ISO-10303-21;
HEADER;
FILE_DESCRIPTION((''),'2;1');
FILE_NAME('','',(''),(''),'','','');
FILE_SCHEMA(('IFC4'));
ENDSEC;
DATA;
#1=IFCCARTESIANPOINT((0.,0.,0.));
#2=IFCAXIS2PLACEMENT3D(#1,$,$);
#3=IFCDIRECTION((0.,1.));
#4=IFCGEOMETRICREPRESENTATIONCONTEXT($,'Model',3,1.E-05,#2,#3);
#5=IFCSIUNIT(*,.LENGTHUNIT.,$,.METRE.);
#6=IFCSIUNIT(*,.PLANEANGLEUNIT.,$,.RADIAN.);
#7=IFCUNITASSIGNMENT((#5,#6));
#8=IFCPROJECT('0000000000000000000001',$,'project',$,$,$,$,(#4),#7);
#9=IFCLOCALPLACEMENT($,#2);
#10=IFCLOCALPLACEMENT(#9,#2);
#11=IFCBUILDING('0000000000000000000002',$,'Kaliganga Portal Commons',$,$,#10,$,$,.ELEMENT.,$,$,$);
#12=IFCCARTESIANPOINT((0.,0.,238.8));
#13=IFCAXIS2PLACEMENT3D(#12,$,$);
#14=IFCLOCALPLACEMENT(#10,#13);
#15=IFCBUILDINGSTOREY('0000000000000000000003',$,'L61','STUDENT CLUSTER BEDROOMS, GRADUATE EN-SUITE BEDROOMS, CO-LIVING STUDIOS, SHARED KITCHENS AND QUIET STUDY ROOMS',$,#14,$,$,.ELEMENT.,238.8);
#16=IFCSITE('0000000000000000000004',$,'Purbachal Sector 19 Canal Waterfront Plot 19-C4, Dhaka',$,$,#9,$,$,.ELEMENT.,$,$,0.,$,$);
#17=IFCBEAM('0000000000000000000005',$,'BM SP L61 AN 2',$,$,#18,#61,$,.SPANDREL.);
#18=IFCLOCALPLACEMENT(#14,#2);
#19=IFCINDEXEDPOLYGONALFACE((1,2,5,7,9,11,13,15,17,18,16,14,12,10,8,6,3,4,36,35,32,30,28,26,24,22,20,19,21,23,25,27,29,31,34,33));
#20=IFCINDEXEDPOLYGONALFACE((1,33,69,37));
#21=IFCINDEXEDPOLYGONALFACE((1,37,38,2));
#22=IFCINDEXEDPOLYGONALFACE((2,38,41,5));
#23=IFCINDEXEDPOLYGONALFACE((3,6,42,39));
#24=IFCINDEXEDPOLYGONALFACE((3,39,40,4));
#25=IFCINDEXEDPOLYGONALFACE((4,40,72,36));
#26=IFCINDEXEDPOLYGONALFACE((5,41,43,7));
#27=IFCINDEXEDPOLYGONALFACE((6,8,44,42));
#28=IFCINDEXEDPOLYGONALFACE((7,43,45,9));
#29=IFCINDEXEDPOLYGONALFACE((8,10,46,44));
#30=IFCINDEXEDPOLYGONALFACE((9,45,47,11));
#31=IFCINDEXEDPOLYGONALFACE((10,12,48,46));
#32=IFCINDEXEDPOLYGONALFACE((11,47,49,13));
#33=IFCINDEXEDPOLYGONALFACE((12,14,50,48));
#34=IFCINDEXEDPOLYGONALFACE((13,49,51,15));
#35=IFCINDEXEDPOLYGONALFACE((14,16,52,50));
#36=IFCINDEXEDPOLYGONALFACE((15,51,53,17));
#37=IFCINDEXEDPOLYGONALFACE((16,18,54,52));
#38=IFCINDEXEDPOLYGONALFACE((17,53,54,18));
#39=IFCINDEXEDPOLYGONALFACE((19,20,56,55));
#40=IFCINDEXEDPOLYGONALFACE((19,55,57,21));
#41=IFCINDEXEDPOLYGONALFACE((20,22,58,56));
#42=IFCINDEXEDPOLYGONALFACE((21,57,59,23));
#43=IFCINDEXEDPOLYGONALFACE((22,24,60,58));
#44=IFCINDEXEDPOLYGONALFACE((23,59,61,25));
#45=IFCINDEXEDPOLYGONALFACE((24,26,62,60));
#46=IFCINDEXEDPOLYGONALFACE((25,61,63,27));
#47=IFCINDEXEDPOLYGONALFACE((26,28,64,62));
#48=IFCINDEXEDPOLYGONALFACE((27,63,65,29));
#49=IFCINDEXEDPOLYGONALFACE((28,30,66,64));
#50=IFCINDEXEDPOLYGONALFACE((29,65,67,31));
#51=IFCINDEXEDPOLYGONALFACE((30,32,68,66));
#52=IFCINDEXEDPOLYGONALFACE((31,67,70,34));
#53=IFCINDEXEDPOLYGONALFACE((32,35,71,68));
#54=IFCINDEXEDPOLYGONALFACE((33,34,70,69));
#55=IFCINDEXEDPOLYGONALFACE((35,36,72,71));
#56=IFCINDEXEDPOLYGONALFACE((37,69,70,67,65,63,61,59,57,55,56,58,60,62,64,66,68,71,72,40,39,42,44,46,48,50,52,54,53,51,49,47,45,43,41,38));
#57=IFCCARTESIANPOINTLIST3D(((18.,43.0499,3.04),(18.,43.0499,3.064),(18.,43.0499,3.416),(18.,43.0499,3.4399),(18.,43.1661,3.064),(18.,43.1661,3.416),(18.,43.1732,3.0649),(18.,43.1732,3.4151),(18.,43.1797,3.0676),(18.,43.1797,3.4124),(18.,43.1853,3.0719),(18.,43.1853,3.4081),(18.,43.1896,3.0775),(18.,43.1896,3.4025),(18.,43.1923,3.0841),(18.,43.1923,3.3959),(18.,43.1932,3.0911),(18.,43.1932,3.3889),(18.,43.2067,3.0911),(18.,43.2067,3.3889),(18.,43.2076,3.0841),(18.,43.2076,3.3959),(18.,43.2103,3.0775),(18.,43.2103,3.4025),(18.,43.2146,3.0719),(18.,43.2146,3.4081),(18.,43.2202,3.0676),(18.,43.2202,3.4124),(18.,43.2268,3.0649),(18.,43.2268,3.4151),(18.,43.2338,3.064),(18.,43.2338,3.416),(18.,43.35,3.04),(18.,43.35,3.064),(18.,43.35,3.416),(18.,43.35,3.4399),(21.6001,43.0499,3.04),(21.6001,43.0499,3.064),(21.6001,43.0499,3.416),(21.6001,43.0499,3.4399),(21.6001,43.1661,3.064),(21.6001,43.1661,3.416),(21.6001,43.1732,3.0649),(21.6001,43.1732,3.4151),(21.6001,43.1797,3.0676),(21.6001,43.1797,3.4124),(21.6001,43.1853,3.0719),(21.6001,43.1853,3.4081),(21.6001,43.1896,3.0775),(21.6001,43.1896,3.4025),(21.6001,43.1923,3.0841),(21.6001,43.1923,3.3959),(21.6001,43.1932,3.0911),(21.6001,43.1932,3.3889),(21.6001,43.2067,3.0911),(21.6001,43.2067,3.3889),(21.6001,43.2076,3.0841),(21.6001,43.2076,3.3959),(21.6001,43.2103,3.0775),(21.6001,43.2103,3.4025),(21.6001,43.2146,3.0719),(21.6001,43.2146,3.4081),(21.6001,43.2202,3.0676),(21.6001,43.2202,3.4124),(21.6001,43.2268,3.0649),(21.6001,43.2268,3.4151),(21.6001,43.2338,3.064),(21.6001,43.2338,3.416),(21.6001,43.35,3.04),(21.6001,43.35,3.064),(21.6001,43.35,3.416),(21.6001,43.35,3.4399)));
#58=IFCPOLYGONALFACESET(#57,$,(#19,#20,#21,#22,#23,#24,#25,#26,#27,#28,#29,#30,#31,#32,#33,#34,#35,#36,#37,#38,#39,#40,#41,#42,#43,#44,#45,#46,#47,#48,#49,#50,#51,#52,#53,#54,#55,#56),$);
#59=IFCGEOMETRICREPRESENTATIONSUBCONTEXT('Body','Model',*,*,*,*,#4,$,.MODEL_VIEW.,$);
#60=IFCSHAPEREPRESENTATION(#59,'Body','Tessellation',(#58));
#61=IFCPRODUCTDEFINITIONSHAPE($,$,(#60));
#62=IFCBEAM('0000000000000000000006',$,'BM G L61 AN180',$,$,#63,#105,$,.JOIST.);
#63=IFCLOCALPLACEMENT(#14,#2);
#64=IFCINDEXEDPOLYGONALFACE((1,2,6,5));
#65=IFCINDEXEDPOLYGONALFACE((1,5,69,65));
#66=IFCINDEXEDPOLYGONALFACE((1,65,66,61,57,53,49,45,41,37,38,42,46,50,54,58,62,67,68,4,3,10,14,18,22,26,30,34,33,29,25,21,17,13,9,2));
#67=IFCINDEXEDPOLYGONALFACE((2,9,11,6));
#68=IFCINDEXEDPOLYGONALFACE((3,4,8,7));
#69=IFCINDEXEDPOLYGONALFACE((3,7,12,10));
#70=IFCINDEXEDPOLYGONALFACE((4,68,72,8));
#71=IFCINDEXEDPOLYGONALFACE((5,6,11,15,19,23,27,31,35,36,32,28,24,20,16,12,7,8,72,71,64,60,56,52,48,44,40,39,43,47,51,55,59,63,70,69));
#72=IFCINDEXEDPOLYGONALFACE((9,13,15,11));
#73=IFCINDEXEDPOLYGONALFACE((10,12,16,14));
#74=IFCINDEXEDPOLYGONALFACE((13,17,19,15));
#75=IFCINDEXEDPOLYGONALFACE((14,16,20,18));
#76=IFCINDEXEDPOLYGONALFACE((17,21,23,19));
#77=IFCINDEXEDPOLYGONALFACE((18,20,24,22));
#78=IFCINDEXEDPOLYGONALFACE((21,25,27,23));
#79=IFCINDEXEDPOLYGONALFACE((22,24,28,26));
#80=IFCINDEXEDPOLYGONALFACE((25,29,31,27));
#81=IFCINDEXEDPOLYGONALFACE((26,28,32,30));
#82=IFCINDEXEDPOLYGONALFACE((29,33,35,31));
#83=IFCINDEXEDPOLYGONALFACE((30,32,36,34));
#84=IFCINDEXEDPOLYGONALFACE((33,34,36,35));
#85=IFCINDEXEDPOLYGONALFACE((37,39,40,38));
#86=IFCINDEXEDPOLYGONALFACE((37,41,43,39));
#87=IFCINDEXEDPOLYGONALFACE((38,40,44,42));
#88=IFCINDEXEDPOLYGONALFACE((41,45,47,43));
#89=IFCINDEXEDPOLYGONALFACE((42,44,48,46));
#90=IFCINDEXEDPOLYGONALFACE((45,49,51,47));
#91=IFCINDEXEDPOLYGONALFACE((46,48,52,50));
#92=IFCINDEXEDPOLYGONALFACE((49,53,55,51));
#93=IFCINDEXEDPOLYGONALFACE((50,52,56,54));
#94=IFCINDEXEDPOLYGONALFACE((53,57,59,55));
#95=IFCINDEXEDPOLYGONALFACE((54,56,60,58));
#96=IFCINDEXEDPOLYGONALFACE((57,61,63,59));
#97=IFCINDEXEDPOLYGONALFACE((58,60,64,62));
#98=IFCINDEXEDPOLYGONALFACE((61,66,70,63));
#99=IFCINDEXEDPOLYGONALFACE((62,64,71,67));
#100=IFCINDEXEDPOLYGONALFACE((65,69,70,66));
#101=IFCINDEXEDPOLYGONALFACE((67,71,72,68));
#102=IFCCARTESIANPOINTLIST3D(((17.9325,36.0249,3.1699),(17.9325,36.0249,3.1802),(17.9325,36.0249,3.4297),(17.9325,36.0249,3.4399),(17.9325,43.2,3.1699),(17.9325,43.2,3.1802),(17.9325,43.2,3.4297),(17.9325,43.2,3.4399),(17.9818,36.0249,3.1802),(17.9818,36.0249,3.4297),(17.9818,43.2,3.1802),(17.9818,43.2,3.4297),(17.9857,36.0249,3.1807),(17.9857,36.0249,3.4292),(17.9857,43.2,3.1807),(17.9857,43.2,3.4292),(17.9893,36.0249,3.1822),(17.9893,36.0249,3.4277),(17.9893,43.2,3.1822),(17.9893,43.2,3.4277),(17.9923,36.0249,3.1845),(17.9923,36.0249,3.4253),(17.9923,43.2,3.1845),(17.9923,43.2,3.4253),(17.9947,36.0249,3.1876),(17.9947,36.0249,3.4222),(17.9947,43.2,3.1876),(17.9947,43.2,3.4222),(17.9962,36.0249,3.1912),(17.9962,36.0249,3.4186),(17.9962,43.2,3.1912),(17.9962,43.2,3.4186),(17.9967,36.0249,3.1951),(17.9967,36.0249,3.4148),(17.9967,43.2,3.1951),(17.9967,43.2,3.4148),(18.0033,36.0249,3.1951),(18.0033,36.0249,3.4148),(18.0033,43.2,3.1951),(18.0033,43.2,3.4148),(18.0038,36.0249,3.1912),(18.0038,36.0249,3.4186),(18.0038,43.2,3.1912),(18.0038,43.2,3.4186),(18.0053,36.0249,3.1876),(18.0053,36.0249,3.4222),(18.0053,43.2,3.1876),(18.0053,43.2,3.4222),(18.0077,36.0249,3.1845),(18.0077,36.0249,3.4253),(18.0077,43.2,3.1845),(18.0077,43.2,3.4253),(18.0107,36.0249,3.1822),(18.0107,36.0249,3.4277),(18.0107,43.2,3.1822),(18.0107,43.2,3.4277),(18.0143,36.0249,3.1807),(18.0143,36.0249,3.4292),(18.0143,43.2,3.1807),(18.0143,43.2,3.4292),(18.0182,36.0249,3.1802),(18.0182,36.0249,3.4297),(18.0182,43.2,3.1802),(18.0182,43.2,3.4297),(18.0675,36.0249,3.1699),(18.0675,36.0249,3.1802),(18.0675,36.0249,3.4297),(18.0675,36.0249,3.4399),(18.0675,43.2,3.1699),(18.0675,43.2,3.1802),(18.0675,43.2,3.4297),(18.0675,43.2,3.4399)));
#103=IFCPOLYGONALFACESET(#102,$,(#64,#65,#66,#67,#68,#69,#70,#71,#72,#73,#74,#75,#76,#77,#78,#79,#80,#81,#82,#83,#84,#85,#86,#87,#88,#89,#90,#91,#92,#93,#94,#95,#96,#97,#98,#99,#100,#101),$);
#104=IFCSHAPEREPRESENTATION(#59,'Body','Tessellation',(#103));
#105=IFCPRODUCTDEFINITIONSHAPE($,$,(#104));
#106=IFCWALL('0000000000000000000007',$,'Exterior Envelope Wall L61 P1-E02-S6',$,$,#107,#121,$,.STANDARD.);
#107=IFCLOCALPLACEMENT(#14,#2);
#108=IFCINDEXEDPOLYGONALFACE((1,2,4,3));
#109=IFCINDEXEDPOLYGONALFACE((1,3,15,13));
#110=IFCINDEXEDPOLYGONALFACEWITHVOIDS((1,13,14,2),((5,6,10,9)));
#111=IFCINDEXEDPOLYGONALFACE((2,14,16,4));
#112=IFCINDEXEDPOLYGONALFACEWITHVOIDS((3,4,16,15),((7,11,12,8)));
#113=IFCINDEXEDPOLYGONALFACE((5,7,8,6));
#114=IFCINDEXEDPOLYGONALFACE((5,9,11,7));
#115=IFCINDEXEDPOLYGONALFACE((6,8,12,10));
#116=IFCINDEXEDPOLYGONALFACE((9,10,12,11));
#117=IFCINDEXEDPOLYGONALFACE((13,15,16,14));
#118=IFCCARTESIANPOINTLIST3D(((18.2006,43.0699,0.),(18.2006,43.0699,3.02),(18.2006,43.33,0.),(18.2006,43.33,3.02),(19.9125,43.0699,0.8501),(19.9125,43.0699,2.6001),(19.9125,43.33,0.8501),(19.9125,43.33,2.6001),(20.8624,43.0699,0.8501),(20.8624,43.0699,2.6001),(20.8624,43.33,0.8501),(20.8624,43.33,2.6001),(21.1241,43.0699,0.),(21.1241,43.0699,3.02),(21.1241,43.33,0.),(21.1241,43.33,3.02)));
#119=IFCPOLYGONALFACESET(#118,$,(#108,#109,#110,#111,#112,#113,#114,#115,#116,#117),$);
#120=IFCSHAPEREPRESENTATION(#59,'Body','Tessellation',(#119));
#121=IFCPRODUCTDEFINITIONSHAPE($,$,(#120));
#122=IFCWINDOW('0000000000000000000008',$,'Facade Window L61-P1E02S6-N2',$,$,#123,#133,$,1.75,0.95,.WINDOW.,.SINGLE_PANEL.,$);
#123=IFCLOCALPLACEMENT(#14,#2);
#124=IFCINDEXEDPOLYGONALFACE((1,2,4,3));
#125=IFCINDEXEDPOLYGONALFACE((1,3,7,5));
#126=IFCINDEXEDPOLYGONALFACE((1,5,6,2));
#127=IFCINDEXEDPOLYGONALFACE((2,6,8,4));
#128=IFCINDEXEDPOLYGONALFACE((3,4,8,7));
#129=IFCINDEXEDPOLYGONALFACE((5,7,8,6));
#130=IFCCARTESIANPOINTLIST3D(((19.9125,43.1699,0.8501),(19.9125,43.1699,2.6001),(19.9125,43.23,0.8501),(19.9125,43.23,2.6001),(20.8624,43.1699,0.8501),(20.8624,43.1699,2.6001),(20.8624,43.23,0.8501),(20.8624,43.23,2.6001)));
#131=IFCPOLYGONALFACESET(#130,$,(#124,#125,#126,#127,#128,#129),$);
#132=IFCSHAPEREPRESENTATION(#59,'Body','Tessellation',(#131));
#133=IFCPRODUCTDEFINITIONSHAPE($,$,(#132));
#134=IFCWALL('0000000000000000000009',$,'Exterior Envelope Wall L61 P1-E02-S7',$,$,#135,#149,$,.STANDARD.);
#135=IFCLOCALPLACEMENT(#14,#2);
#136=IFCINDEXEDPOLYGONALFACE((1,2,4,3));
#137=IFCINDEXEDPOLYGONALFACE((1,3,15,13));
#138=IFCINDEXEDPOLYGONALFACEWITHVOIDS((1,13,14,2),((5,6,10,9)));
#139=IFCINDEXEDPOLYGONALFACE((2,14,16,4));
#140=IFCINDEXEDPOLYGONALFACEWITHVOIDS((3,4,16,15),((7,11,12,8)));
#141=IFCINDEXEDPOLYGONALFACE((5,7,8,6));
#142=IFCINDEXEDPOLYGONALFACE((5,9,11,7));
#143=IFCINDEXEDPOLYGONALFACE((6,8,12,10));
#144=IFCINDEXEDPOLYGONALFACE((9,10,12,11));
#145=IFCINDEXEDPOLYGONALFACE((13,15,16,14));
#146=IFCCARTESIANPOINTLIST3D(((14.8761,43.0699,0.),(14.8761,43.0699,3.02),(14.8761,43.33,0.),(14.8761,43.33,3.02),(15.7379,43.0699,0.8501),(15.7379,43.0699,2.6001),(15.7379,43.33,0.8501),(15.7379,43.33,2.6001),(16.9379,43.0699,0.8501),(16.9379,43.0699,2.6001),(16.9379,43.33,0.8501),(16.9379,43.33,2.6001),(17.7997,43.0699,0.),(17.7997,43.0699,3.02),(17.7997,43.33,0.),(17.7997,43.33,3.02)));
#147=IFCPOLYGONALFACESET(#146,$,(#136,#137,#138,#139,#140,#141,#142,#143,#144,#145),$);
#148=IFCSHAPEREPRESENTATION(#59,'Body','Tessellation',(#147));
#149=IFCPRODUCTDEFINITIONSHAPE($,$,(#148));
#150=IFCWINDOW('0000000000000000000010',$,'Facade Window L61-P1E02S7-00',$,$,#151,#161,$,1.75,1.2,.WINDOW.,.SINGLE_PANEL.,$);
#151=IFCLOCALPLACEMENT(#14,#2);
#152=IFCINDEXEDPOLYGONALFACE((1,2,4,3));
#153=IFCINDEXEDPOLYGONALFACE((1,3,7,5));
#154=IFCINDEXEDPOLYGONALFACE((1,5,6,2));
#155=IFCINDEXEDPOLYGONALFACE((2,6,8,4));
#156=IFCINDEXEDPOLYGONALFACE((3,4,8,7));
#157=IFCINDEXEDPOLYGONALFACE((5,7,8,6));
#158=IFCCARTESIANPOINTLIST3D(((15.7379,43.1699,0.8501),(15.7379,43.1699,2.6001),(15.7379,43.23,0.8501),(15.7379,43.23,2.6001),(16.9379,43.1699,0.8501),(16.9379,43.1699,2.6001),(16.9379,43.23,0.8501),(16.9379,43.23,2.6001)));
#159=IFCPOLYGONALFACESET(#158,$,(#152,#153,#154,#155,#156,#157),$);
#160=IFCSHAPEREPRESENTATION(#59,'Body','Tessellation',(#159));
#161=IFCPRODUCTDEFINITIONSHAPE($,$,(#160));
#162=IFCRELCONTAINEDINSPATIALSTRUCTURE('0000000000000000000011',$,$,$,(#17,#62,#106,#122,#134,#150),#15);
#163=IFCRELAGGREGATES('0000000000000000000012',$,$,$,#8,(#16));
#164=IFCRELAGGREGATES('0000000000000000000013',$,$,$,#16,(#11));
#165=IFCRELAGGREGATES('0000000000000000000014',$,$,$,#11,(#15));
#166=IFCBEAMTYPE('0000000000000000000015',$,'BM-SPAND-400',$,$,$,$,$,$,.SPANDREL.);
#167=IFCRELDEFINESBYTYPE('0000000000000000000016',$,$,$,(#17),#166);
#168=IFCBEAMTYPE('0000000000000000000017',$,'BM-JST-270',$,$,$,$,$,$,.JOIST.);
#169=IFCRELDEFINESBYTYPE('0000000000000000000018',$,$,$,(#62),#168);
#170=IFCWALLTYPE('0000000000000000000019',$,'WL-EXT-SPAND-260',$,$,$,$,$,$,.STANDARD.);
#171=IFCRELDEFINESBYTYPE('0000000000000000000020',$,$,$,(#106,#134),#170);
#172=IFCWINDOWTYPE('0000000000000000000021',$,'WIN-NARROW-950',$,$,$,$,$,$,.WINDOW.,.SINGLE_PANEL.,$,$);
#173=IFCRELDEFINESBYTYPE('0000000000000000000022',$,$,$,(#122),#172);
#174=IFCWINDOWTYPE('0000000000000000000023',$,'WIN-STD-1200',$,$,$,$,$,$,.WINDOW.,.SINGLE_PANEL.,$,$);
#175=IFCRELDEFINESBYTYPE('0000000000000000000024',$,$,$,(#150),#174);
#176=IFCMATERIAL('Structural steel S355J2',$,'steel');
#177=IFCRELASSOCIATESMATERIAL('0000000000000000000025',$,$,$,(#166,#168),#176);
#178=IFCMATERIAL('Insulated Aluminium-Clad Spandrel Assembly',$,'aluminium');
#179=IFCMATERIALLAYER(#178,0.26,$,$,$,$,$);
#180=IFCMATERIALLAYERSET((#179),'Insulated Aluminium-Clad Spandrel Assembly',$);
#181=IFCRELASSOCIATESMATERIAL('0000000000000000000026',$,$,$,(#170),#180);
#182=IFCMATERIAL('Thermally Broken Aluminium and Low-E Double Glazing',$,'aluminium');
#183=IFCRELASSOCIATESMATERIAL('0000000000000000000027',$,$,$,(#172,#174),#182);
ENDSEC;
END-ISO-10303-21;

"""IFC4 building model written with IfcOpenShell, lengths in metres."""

from ifc_helpers import new_model, si_unit, direction, frame, frame_2d, origin, origin_2d, place, context, subcontext, project, spatial, rectangle, i_section, extrude, source, transform, mapped, material, layer, layer_set, material_profile, profile_set, type_object, element, fill, save


model = new_model("IFC4")

# Units and contexts
model_context = context("Model", 3, precision=1e-05, world=origin(), true_north=direction((0.0, 1.0)))
body_context = subcontext(model_context, "Body", "Model", "MODEL_VIEW")
ifc_project = project(units=[si_unit("LENGTHUNIT", "METRE"), si_unit("PLANEANGLEUNIT", "RADIAN")], contexts=[model_context])

# Site, building, storey
site_placement = place(None, origin())
site = spatial("IfcSite", under=ifc_project, at=site_placement, Name="Purbachal Sector 19 Canal Waterfront Plot 19-C4, Dhaka", CompositionType="ELEMENT", RefElevation=0.0)
building_placement = place(site_placement, origin())
building = spatial("IfcBuilding", under=site, at=building_placement, Name="Kaliganga Portal Commons", CompositionType="ELEMENT")
storey_placement = place(building_placement, frame((0.0, 0.0, 238.8)))
storey = spatial("IfcBuildingStorey", under=building, at=storey_placement, Name="L61", Description="STUDENT CLUSTER BEDROOMS, GRADUATE EN-SUITE BEDROOMS, CO-LIVING STUDIOS, SHARED KITCHENS AND QUIET STUDY ROOMS", CompositionType="ELEMENT", Elevation=238.8)

# Shared definitions
ifc_material_1 = material(Name="Structural steel S355J2", Category="steel")

# Beams
ifc_material_profile_1 = material_profile(ifc_material_1, i_section(OverallWidth=0.3, OverallDepth=0.3999, WebThickness=0.0134, FlangeThickness=0.0239, FilletRadius=0.0271, at=origin_2d()), Name="HE 400 B")
ifc_profile_set_1 = profile_set([ifc_material_profile_1], Name="Structural steel S355J2 wide-flange")
beam_type_1 = type_object("IfcBeamType", Name="BM-SPAND-400", PredefinedType="SPANDREL", material=ifc_profile_set_1)
shared_shape_1 = source(origin(), body_context, "Body", "SweptSolid", [
    extrude(i_section(OverallWidth=0.3, OverallDepth=0.3999, WebThickness=0.0134, FlangeThickness=0.0239, FilletRadius=0.0271, at=origin_2d()), origin(), (0.0, 0.0, 1.0), 3.6001),
])
for number, where, z_axis, x_axis, name in (
    (1, (18.0, 43.2, 3.24), (1.0, 0.0, 0.0), (0.0, 1.0, 0.0), "BM SP L61 AN 2"),
):
    element("IfcBeam", number, at=place(storey_placement, frame(where, z_axis=z_axis, x_axis=x_axis)), inside=storey, type_object=beam_type_1, Name=name, PredefinedType="SPANDREL", context=body_context, shape_type="MappedRepresentation", body=[
        mapped(shared_shape_1, transform((0.0, 0.0, 0.0), x_axis=(1.0, 0.0, 0.0), y_axis=(0.0, 1.0, 0.0), z_axis=(0.0, 0.0, 1.0), scale=1.0)),
    ])
ifc_material_profile_2 = material_profile(ifc_material_1, i_section(OverallWidth=0.135, OverallDepth=0.27, WebThickness=0.0066, FlangeThickness=0.0103, FilletRadius=0.0149, at=origin_2d()), Name="IPE 270")
ifc_profile_set_2 = profile_set([ifc_material_profile_2], Name="Structural steel S355J2 wide-flange")
beam_type_2 = type_object("IfcBeamType", Name="BM-JST-270", PredefinedType="JOIST", material=ifc_profile_set_2)
shared_shape_2 = source(origin(), body_context, "Body", "SweptSolid", [
    extrude(i_section(OverallWidth=0.135, OverallDepth=0.27, WebThickness=0.0066, FlangeThickness=0.0103, FilletRadius=0.0149, at=origin_2d()), origin(), (0.0, 0.0, 1.0), 7.175),
])
beam_1_placement = place(storey_placement, frame((18.0, 36.0249, 3.3049), z_axis=(0.0, 1.0, 0.0), x_axis=(-1.0, 0.0, 0.0)))
element("IfcBeam", 2, at=beam_1_placement, inside=storey, type_object=beam_type_2, Name="BM G L61 AN180", PredefinedType="JOIST", context=body_context, shape_type="MappedRepresentation", body=[
    mapped(shared_shape_2, transform((0.0, 0.0, 0.0), x_axis=(1.0, 0.0, 0.0), y_axis=(0.0, 1.0, 0.0), z_axis=(0.0, 0.0, 1.0), scale=1.0)),
])

# Walls, openings, windows
ifc_material_2 = material(Name="Insulated Aluminium-Clad Spandrel Assembly", Category="aluminium")
ifc_layer_1 = layer(ifc_material_2, 0.26)
ifc_layer_set_1 = layer_set([ifc_layer_1], Name="Insulated Aluminium-Clad Spandrel Assembly")
wall_type_1 = type_object("IfcWallType", Name="WL-EXT-SPAND-260", PredefinedType="STANDARD", material=ifc_layer_set_1)
wall_1_placement = place(storey_placement, frame((18.2004, 43.2, 0.0), z_axis=(0.0, 0.0, 1.0), x_axis=(1.0, 0.0, 0.0)))
wall_1 = element("IfcWall", 3, at=wall_1_placement, inside=storey, type_object=wall_type_1, Name="Exterior Envelope Wall L61 P1-E02-S6", PredefinedType="STANDARD", context=body_context, shape_type="SweptSolid", body=[
    extrude(rectangle(XDim=2.9236, YDim=0.26, at=frame_2d((1.4619, 0.0))), origin(), (0.0, 0.0, 1.0), 3.02),
])
opening_1_placement = place(wall_1_placement, frame((1.7119, 0.0, 0.8501)))
opening_1 = element("IfcOpeningElement", 4, at=opening_1_placement, cuts=wall_1, PredefinedType="OPENING", context=body_context, shape_type="SweptSolid", body=[
    extrude(rectangle(XDim=0.95, YDim=1.75, at=frame_2d((0.4751, 0.875))), frame((0.0, 0.1401, 0.0), z_axis=(0.0, -1.0, 0.0), x_axis=(1.0, 0.0, 0.0)), (0.0, 0.0, 1.0), 0.28),
])
ifc_material_3 = material(Name="Thermally Broken Aluminium and Low-E Double Glazing", Category="aluminium")
window_type_1 = type_object("IfcWindowType", Name="WIN-NARROW-950", PartitioningType="SINGLE_PANEL", PredefinedType="WINDOW", material=ifc_material_3)
window_1_placement = place(opening_1_placement, origin())
window_1 = element("IfcWindow", 5, at=window_1_placement, inside=storey, type_object=window_type_1, Name="Facade Window L61-P1E02S6-N2", OverallHeight=1.75, OverallWidth=0.95, PartitioningType="SINGLE_PANEL", PredefinedType="WINDOW", context=body_context, shape_type="SweptSolid", body=[
    extrude(rectangle(XDim=0.95, YDim=1.75, at=frame_2d((0.4751, 0.875))), frame((0.0, 0.03, 0.0), z_axis=(0.0, -1.0, 0.0), x_axis=(1.0, 0.0, 0.0)), (0.0, 0.0, 1.0), 0.0601),
])
fill(opening_1, window_1)
wall_2_placement = place(storey_placement, frame((14.876, 43.2, 0.0), z_axis=(0.0, 0.0, 1.0), x_axis=(1.0, 0.0, 0.0)))
wall_2 = element("IfcWall", 6, at=wall_2_placement, inside=storey, type_object=wall_type_1, Name="Exterior Envelope Wall L61 P1-E02-S7", PredefinedType="STANDARD", context=body_context, shape_type="SweptSolid", body=[
    extrude(rectangle(XDim=2.9236, YDim=0.26, at=frame_2d((1.4619, 0.0))), origin(), (0.0, 0.0, 1.0), 3.02),
])
opening_2_placement = place(wall_2_placement, frame((0.8618, 0.0, 0.8501)))
opening_2 = element("IfcOpeningElement", 7, at=opening_2_placement, cuts=wall_2, PredefinedType="OPENING", context=body_context, shape_type="SweptSolid", body=[
    extrude(rectangle(XDim=1.2, YDim=1.75, at=frame_2d((0.6001, 0.875))), frame((0.0, 0.1401, 0.0), z_axis=(0.0, -1.0, 0.0), x_axis=(1.0, 0.0, 0.0)), (0.0, 0.0, 1.0), 0.28),
])
window_type_2 = type_object("IfcWindowType", Name="WIN-STD-1200", PartitioningType="SINGLE_PANEL", PredefinedType="WINDOW", material=ifc_material_3)
window_2_placement = place(opening_2_placement, origin())
window_2 = element("IfcWindow", 8, at=window_2_placement, inside=storey, type_object=window_type_2, Name="Facade Window L61-P1E02S7-00", OverallHeight=1.75, OverallWidth=1.2, PartitioningType="SINGLE_PANEL", PredefinedType="WINDOW", context=body_context, shape_type="SweptSolid", body=[
    extrude(rectangle(XDim=1.2, YDim=1.75, at=frame_2d((0.6001, 0.875))), frame((0.0, 0.03, 0.0), z_axis=(0.0, -1.0, 0.0), x_axis=(1.0, 0.0, 0.0)), (0.0, 0.0, 1.0), 0.0601),
])
fill(opening_2, window_2)

save(model, "model.ifc")
